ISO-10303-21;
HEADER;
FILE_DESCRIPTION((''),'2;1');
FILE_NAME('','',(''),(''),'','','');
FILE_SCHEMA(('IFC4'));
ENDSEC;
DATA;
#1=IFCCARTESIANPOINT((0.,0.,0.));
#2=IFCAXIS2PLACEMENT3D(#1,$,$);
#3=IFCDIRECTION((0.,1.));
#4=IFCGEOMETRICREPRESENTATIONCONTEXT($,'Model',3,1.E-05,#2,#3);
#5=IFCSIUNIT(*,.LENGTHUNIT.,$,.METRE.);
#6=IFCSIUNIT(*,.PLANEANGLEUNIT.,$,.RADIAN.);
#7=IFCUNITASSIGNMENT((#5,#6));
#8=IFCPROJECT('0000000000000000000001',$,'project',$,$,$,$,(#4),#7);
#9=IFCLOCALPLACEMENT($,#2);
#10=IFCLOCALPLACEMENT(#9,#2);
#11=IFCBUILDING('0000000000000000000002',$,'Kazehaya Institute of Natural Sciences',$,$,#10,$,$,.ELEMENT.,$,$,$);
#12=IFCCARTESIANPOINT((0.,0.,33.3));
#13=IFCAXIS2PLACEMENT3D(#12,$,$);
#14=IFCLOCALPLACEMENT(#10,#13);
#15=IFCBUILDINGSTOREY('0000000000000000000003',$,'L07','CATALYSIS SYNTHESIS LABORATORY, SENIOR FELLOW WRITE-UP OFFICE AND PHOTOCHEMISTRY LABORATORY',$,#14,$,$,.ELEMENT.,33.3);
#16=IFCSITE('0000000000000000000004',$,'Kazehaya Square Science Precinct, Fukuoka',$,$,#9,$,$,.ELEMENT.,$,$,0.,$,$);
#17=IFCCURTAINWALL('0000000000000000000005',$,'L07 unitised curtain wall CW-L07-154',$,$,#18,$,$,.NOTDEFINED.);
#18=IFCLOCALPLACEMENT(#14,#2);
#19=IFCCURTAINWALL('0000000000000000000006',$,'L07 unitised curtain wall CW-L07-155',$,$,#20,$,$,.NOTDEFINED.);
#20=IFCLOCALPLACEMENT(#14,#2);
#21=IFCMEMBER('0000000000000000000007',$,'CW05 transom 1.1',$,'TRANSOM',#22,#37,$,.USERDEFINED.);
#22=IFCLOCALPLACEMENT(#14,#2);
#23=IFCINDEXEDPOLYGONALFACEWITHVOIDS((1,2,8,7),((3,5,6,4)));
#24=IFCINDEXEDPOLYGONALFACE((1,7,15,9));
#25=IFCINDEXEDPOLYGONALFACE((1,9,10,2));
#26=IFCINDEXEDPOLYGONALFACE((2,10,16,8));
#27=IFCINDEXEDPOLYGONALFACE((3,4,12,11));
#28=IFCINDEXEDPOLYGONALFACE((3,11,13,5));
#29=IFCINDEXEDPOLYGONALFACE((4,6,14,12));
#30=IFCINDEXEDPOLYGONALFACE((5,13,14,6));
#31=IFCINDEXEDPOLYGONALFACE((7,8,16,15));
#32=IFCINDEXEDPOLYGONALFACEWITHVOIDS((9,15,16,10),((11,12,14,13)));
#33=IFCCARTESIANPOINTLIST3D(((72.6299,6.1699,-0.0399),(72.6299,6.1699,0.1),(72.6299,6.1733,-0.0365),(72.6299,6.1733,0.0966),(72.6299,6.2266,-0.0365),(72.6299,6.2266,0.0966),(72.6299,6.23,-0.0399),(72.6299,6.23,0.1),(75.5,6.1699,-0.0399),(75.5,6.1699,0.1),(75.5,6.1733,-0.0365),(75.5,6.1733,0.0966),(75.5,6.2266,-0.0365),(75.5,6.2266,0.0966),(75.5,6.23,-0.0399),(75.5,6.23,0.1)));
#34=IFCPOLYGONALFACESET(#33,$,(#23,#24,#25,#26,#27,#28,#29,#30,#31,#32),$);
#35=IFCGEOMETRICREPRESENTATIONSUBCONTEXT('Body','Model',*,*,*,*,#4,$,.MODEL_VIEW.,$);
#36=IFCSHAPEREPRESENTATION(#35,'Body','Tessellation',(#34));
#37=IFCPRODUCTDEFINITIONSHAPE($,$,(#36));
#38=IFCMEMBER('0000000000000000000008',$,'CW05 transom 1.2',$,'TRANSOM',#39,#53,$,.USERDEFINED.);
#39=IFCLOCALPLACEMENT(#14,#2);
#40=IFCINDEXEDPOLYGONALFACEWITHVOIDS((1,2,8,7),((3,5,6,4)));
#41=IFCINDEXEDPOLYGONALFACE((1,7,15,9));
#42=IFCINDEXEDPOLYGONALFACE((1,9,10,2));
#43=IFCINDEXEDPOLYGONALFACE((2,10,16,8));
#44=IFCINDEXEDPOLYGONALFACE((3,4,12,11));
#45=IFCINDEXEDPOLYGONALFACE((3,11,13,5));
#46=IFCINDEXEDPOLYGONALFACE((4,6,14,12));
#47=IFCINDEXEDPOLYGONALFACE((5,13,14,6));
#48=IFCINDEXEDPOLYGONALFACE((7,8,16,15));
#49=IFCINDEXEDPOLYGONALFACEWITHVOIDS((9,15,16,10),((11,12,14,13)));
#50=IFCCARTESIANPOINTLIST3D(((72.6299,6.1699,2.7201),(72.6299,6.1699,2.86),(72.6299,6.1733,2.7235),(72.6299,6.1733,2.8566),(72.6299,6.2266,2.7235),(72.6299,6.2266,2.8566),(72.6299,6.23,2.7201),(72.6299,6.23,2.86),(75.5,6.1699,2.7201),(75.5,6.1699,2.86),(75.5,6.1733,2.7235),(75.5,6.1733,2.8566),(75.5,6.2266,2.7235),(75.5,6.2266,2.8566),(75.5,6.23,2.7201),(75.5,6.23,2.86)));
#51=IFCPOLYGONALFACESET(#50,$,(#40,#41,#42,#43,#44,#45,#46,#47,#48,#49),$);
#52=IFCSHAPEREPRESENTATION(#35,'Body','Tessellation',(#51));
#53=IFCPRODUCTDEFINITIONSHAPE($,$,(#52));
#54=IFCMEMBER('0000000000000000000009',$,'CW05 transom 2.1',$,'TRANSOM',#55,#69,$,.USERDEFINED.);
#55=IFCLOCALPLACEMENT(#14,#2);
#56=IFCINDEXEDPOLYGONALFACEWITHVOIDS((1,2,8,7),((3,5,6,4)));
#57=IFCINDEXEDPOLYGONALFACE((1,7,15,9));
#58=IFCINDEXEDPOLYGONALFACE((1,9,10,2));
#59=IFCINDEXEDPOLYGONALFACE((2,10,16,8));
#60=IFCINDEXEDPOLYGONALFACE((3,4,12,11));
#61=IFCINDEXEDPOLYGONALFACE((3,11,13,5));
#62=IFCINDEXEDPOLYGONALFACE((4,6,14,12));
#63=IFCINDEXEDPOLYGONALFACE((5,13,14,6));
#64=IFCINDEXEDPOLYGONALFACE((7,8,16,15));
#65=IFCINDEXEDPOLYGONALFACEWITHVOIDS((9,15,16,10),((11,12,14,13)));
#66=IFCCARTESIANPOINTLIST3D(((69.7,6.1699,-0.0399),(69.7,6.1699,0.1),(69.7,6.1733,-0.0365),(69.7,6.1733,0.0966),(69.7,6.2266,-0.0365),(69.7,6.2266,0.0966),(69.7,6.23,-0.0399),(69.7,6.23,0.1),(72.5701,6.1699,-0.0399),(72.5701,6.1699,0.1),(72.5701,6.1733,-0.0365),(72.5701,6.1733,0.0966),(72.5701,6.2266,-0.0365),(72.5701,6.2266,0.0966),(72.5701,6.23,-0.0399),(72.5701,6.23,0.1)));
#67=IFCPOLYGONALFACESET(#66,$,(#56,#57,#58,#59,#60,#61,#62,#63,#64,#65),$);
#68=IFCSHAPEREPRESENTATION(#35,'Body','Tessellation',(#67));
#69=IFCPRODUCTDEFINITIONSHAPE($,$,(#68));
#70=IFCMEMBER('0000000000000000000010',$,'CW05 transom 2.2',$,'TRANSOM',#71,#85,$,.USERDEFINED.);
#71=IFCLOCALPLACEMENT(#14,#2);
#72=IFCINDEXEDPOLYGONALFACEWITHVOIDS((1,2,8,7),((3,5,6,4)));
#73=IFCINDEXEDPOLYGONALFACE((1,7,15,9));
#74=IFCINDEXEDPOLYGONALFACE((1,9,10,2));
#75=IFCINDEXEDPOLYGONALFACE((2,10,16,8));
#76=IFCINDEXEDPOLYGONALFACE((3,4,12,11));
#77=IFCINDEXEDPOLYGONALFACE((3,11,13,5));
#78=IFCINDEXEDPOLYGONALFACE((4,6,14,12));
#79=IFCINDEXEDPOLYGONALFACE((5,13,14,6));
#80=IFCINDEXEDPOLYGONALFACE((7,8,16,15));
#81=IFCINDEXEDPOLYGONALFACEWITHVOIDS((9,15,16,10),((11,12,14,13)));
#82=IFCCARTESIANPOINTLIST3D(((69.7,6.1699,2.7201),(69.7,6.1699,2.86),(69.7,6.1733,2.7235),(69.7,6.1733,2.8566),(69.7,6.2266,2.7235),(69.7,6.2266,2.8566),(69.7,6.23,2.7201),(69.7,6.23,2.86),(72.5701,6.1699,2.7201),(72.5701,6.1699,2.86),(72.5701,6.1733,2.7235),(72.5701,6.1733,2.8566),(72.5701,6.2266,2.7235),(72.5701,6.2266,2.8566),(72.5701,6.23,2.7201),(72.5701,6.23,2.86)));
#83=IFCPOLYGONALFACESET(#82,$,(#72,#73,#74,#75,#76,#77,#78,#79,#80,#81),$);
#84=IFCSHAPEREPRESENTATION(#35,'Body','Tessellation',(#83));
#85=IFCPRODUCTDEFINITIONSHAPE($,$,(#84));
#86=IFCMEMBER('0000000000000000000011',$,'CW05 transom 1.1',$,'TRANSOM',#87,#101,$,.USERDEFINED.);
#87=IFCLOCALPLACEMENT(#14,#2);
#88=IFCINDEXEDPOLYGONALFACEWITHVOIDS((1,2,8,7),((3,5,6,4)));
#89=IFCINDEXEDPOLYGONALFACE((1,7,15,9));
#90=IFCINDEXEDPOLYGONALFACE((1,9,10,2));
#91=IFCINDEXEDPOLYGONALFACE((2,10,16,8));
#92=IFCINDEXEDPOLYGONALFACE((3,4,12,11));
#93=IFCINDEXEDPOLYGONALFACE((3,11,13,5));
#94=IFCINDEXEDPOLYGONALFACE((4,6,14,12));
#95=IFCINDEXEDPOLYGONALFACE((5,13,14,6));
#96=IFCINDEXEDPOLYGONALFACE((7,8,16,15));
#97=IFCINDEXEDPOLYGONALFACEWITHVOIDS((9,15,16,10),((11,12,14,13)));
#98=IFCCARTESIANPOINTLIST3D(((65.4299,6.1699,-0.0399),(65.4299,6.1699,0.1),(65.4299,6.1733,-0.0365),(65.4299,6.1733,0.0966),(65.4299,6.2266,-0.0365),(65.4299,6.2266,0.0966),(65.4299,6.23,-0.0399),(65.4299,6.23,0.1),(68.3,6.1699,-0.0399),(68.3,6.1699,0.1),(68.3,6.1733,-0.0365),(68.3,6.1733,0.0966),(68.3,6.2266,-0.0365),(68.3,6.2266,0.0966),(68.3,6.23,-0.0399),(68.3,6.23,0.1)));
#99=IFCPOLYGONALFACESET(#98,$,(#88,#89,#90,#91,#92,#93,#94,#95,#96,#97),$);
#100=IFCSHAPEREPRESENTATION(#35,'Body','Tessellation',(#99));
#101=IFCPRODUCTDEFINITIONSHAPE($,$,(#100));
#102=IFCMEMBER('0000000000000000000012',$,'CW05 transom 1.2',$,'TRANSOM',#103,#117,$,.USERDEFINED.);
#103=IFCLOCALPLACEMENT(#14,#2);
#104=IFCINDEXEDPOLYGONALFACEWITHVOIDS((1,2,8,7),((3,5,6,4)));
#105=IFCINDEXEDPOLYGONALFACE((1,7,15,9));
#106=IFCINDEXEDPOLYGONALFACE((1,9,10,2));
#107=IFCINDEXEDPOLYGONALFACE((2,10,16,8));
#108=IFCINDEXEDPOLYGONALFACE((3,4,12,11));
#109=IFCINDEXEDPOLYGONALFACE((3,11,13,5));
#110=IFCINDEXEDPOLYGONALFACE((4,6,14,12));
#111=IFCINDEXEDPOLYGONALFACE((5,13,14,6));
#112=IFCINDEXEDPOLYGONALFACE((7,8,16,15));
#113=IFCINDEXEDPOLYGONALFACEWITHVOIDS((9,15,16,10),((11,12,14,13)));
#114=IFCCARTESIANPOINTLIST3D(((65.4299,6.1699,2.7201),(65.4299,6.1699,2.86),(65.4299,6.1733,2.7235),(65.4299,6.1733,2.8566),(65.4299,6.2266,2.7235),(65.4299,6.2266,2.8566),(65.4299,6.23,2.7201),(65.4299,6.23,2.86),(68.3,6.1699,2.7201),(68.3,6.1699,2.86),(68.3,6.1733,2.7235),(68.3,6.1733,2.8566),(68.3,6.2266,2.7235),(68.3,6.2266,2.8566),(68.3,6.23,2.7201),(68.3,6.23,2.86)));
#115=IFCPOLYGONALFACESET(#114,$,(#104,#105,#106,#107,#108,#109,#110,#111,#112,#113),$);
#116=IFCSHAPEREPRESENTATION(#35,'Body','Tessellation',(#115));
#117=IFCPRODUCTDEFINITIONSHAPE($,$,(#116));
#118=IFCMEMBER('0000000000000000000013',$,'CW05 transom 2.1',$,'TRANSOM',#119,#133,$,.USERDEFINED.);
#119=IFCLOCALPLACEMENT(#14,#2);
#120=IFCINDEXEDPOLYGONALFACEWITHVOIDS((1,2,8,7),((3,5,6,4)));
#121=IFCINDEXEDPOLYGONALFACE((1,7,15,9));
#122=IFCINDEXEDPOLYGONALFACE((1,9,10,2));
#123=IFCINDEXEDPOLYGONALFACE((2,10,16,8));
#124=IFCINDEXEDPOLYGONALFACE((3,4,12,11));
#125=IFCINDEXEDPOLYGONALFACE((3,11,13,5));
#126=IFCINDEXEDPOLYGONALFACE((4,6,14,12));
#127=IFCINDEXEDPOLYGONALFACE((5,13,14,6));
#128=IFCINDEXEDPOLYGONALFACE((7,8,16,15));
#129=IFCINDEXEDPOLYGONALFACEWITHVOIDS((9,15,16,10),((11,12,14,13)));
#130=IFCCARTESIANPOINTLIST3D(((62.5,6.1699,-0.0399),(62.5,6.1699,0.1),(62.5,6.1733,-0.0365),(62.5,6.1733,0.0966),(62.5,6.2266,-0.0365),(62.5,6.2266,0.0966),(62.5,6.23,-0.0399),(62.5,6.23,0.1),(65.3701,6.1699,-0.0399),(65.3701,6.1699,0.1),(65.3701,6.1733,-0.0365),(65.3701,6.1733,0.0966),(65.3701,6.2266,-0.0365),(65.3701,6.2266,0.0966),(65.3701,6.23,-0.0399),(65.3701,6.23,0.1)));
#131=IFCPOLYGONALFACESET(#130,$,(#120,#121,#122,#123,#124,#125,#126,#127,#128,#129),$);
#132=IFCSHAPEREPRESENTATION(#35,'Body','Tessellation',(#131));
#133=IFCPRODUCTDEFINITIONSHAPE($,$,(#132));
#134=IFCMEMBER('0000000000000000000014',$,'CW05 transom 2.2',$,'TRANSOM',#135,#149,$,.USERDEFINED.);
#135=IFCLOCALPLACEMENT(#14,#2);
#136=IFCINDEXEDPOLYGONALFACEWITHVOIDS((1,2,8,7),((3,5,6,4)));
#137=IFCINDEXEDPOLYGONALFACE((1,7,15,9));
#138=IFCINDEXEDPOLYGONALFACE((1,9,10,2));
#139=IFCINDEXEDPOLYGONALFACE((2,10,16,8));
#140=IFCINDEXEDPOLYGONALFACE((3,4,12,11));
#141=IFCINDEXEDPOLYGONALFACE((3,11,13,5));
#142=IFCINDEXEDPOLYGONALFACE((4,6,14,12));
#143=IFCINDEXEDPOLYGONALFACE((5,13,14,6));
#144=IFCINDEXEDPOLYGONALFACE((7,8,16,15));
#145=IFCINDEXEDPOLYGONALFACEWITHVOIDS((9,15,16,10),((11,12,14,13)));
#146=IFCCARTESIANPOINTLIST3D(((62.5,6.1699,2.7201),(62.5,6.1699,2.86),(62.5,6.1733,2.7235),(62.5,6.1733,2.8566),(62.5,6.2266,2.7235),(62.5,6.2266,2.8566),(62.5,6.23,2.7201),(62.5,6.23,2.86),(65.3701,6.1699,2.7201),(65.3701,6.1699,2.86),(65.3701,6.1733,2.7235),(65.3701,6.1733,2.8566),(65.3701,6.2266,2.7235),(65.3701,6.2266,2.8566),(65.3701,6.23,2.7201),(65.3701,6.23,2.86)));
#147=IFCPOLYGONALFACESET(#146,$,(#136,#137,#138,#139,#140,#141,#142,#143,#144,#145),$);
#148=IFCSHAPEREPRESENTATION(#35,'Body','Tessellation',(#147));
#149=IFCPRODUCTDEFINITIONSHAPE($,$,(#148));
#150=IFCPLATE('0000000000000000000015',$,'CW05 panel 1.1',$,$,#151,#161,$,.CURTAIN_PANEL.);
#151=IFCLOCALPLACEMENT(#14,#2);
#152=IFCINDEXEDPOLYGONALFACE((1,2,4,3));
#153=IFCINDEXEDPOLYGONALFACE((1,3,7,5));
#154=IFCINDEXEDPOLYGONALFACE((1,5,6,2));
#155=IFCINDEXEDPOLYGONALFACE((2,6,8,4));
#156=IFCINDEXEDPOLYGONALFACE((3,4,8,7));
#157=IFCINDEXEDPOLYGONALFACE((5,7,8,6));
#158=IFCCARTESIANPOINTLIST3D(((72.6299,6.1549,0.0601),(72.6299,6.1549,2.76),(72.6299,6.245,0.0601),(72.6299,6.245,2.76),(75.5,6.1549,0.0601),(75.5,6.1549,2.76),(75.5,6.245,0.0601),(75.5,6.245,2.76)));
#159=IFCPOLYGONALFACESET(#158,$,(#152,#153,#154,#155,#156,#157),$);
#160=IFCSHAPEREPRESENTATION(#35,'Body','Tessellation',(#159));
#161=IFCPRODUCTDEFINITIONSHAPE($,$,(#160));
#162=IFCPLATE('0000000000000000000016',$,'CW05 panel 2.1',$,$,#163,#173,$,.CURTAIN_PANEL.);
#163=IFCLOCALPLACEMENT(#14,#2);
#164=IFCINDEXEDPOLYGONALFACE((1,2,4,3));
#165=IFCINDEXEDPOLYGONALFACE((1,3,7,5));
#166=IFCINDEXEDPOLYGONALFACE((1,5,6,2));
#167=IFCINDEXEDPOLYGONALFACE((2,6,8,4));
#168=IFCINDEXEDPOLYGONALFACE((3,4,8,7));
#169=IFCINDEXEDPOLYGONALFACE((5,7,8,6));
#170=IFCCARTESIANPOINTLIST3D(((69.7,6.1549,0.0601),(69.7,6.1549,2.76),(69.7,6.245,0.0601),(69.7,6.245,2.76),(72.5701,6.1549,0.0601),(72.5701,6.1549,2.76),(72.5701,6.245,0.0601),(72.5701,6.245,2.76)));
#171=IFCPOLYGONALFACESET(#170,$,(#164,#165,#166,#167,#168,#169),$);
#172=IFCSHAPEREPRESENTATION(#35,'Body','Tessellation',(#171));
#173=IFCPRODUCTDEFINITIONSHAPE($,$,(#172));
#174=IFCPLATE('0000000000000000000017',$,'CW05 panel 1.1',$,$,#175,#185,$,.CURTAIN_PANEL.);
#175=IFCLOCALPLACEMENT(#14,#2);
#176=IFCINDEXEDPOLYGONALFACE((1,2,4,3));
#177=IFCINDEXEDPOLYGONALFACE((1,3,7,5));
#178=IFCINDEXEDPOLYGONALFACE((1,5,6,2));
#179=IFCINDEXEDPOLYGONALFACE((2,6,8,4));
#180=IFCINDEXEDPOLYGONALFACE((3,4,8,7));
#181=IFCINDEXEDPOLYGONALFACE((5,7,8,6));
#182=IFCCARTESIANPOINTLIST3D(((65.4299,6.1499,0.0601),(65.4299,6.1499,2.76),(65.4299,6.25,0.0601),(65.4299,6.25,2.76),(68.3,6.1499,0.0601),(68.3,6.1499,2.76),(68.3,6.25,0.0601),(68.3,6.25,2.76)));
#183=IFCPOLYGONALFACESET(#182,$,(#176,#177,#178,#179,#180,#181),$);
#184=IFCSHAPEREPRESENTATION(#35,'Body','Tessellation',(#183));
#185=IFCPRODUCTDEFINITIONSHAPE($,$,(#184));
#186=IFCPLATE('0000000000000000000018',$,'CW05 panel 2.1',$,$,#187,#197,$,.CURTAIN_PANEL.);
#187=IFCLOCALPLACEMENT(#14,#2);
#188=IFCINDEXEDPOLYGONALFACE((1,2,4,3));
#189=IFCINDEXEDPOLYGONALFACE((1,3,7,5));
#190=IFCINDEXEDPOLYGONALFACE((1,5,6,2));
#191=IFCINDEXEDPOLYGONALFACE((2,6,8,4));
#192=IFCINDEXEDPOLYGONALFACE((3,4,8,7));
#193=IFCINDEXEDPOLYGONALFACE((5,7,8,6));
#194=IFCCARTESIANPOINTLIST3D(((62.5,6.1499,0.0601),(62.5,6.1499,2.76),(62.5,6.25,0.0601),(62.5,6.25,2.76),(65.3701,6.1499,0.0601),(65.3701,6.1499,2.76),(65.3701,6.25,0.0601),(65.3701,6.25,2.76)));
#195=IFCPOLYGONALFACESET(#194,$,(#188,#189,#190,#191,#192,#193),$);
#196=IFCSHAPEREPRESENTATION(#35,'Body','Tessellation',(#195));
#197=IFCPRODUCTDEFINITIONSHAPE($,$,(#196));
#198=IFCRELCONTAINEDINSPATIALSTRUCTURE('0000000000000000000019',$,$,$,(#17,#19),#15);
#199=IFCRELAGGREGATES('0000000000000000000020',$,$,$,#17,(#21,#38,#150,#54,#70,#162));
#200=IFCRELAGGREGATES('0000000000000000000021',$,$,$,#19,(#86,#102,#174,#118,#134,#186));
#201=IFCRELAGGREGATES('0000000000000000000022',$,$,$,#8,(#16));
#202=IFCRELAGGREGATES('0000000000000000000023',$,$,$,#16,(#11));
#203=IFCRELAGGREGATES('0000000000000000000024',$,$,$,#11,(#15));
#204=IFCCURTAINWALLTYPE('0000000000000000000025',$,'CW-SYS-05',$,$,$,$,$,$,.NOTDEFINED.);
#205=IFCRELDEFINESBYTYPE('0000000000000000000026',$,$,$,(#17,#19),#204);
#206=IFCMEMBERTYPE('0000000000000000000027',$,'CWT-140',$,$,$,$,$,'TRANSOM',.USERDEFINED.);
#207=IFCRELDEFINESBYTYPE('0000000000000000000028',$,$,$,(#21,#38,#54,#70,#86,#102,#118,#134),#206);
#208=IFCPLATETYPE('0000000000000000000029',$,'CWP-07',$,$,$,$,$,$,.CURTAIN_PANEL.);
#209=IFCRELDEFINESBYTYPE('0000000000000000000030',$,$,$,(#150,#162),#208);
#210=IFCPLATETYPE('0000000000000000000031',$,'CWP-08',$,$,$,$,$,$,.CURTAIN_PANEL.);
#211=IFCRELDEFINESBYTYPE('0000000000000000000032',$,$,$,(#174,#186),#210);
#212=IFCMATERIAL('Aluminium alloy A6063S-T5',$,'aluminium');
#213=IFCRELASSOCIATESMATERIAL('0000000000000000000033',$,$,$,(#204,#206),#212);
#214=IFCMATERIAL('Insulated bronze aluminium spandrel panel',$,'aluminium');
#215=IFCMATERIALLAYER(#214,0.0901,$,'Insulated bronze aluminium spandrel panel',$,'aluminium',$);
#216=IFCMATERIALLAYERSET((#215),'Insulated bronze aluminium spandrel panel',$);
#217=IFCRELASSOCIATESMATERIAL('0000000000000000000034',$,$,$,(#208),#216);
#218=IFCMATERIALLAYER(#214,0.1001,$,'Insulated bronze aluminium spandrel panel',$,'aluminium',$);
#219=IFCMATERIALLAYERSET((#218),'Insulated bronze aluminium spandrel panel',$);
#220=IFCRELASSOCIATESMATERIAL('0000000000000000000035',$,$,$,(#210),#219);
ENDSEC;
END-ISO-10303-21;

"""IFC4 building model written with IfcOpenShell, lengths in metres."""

from ifc_helpers import new_model, si_unit, direction, frame, origin, origin_2d, place, context, subcontext, project, spatial, rectangle, hollow_rectangle, extrude, material, layer, layer_set, material_profile, profile_set, type_object, element, aggregate, save


model = new_model("IFC4")

# Units and contexts
model_context = context("Model", 3, precision=1e-05, world=origin(), true_north=direction((0.0, 1.0)))
body_context = subcontext(model_context, "Body", "Model", "MODEL_VIEW")
ifc_project = project(units=[si_unit("LENGTHUNIT", "METRE"), si_unit("PLANEANGLEUNIT", "RADIAN")], contexts=[model_context])

# Site, building, storey
site_placement = place(None, origin())
site = spatial("IfcSite", under=ifc_project, at=site_placement, Name="Kazehaya Square Science Precinct, Fukuoka", CompositionType="ELEMENT", RefElevation=0.0)
building_placement = place(site_placement, origin())
building = spatial("IfcBuilding", under=site, at=building_placement, Name="Kazehaya Institute of Natural Sciences", CompositionType="ELEMENT")
storey_placement = place(building_placement, frame((0.0, 0.0, 33.3)))
storey = spatial("IfcBuildingStorey", under=building, at=storey_placement, Name="L07", Description="CATALYSIS SYNTHESIS LABORATORY, SENIOR FELLOW WRITE-UP OFFICE AND PHOTOCHEMISTRY LABORATORY", CompositionType="ELEMENT", Elevation=33.3)

# Curtain walls
ifc_material_1 = material(Name="Aluminium alloy A6063S-T5", Category="aluminium")
curtain_wall_type = type_object("IfcCurtainWallType", Name="CW-SYS-05", PredefinedType="NOTDEFINED", material=ifc_material_1)
curtain_wall_1_placement = place(storey_placement, origin())
curtain_wall_1 = element("IfcCurtainWall", 1, at=curtain_wall_1_placement, inside=storey, type_object=curtain_wall_type, Name="L07 unitised curtain wall CW-L07-154", PredefinedType="NOTDEFINED")
curtain_wall_2_placement = place(storey_placement, origin())
curtain_wall_2 = element("IfcCurtainWall", 2, at=curtain_wall_2_placement, inside=storey, type_object=curtain_wall_type, Name="L07 unitised curtain wall CW-L07-155", PredefinedType="NOTDEFINED")

# Members
ifc_material_profile_1 = material_profile(ifc_material_1, hollow_rectangle(XDim=0.0601, YDim=0.1399, WallThickness=0.0034, at=origin_2d()), Name="ALU-60x140x3.5")
ifc_profile_set_1 = profile_set([ifc_material_profile_1], Name="Aluminium alloy A6063S-T5")
member_type_1 = type_object("IfcMemberType", Name="CWT-140", ElementType="TRANSOM", PredefinedType="USERDEFINED", material=ifc_profile_set_1)
member_1_placement = place(storey_placement, frame((75.5, 6.2, 0.03), z_axis=(-1.0, 0.0, 0.0), x_axis=(0.0, -1.0, 0.0)))
member_1 = element("IfcMember", 3, at=member_1_placement, type_object=member_type_1, Name="CW05 transom 1.1", ObjectType="TRANSOM", PredefinedType="USERDEFINED", context=body_context, shape_type="SweptSolid", body=[
    extrude(hollow_rectangle(XDim=0.0601, YDim=0.1399, WallThickness=0.0034, at=origin_2d()), origin(), (0.0, 0.0, 1.0), 2.8701),
])
member_2_placement = place(storey_placement, frame((75.5, 6.2, 2.79), z_axis=(-1.0, 0.0, 0.0), x_axis=(0.0, -1.0, 0.0)))
member_2 = element("IfcMember", 4, at=member_2_placement, type_object=member_type_1, Name="CW05 transom 1.2", ObjectType="TRANSOM", PredefinedType="USERDEFINED", context=body_context, shape_type="SweptSolid", body=[
    extrude(hollow_rectangle(XDim=0.0601, YDim=0.1399, WallThickness=0.0034, at=origin_2d()), origin(), (0.0, 0.0, 1.0), 2.8701),
])
member_3_placement = place(storey_placement, frame((72.5701, 6.2, 0.03), z_axis=(-1.0, 0.0, 0.0), x_axis=(0.0, -1.0, 0.0)))
member_3 = element("IfcMember", 5, at=member_3_placement, type_object=member_type_1, Name="CW05 transom 2.1", ObjectType="TRANSOM", PredefinedType="USERDEFINED", context=body_context, shape_type="SweptSolid", body=[
    extrude(hollow_rectangle(XDim=0.0601, YDim=0.1399, WallThickness=0.0034, at=origin_2d()), origin(), (0.0, 0.0, 1.0), 2.8701),
])
member_4_placement = place(storey_placement, frame((72.5701, 6.2, 2.79), z_axis=(-1.0, 0.0, 0.0), x_axis=(0.0, -1.0, 0.0)))
member_4 = element("IfcMember", 6, at=member_4_placement, type_object=member_type_1, Name="CW05 transom 2.2", ObjectType="TRANSOM", PredefinedType="USERDEFINED", context=body_context, shape_type="SweptSolid", body=[
    extrude(hollow_rectangle(XDim=0.0601, YDim=0.1399, WallThickness=0.0034, at=origin_2d()), origin(), (0.0, 0.0, 1.0), 2.8701),
])
member_5_placement = place(storey_placement, frame((68.3, 6.2, 0.03), z_axis=(-1.0, 0.0, 0.0), x_axis=(0.0, -1.0, 0.0)))
member_5 = element("IfcMember", 7, at=member_5_placement, type_object=member_type_1, Name="CW05 transom 1.1", ObjectType="TRANSOM", PredefinedType="USERDEFINED", context=body_context, shape_type="SweptSolid", body=[
    extrude(hollow_rectangle(XDim=0.0601, YDim=0.1399, WallThickness=0.0034, at=origin_2d()), origin(), (0.0, 0.0, 1.0), 2.8701),
])
member_6_placement = place(storey_placement, frame((68.3, 6.2, 2.79), z_axis=(-1.0, 0.0, 0.0), x_axis=(0.0, -1.0, 0.0)))
member_6 = element("IfcMember", 8, at=member_6_placement, type_object=member_type_1, Name="CW05 transom 1.2", ObjectType="TRANSOM", PredefinedType="USERDEFINED", context=body_context, shape_type="SweptSolid", body=[
    extrude(hollow_rectangle(XDim=0.0601, YDim=0.1399, WallThickness=0.0034, at=origin_2d()), origin(), (0.0, 0.0, 1.0), 2.8701),
])
member_7_placement = place(storey_placement, frame((65.3701, 6.2, 0.03), z_axis=(-1.0, 0.0, 0.0), x_axis=(0.0, -1.0, 0.0)))
member_7 = element("IfcMember", 9, at=member_7_placement, type_object=member_type_1, Name="CW05 transom 2.1", ObjectType="TRANSOM", PredefinedType="USERDEFINED", context=body_context, shape_type="SweptSolid", body=[
    extrude(hollow_rectangle(XDim=0.0601, YDim=0.1399, WallThickness=0.0034, at=origin_2d()), origin(), (0.0, 0.0, 1.0), 2.8701),
])
member_8_placement = place(storey_placement, frame((65.3701, 6.2, 2.79), z_axis=(-1.0, 0.0, 0.0), x_axis=(0.0, -1.0, 0.0)))
member_8 = element("IfcMember", 10, at=member_8_placement, type_object=member_type_1, Name="CW05 transom 2.2", ObjectType="TRANSOM", PredefinedType="USERDEFINED", context=body_context, shape_type="SweptSolid", body=[
    extrude(hollow_rectangle(XDim=0.0601, YDim=0.1399, WallThickness=0.0034, at=origin_2d()), origin(), (0.0, 0.0, 1.0), 2.8701),
])

# Plates
ifc_material_2 = material(Name="Insulated bronze aluminium spandrel panel", Category="aluminium")
ifc_layer_1 = layer(ifc_material_2, 0.0901, Name="Insulated bronze aluminium spandrel panel", Category="aluminium")
ifc_layer_set_1 = layer_set([ifc_layer_1], Name="Insulated bronze aluminium spandrel panel")
plate_type_1 = type_object("IfcPlateType", Name="CWP-07", PredefinedType="CURTAIN_PANEL", material=ifc_layer_set_1)
plate_1_placement = place(storey_placement, frame((74.0649, 6.2, 0.0601), z_axis=(0.0, 0.0, 1.0), x_axis=(-1.0, 0.0, 0.0)))
plate_1 = element("IfcPlate", 11, at=plate_1_placement, type_object=plate_type_1, Name="CW05 panel 1.1", PredefinedType="CURTAIN_PANEL", context=body_context, shape_type="SweptSolid", body=[
    extrude(rectangle(XDim=2.8701, YDim=0.0901, at=origin_2d()), origin(), (0.0, 0.0, 1.0), 2.7),
])
plate_2_placement = place(storey_placement, frame((71.135, 6.2, 0.0601), z_axis=(0.0, 0.0, 1.0), x_axis=(-1.0, 0.0, 0.0)))
plate_2 = element("IfcPlate", 12, at=plate_2_placement, type_object=plate_type_1, Name="CW05 panel 2.1", PredefinedType="CURTAIN_PANEL", context=body_context, shape_type="SweptSolid", body=[
    extrude(rectangle(XDim=2.8701, YDim=0.0901, at=origin_2d()), origin(), (0.0, 0.0, 1.0), 2.7),
])
aggregate(curtain_wall_1, [member_1, member_2, plate_1, member_3, member_4, plate_2])
ifc_layer_2 = layer(ifc_material_2, 0.1001, Name="Insulated bronze aluminium spandrel panel", Category="aluminium")
ifc_layer_set_2 = layer_set([ifc_layer_2], Name="Insulated bronze aluminium spandrel panel")
plate_type_2 = type_object("IfcPlateType", Name="CWP-08", PredefinedType="CURTAIN_PANEL", material=ifc_layer_set_2)
plate_3_placement = place(storey_placement, frame((66.865, 6.2, 0.0601), z_axis=(0.0, 0.0, 1.0), x_axis=(-1.0, 0.0, 0.0)))
plate_3 = element("IfcPlate", 13, at=plate_3_placement, type_object=plate_type_2, Name="CW05 panel 1.1", PredefinedType="CURTAIN_PANEL", context=body_context, shape_type="SweptSolid", body=[
    extrude(rectangle(XDim=2.8701, YDim=0.1001, at=origin_2d()), origin(), (0.0, 0.0, 1.0), 2.7),
])
plate_4_placement = place(storey_placement, frame((63.9351, 6.2, 0.0601), z_axis=(0.0, 0.0, 1.0), x_axis=(-1.0, 0.0, 0.0)))
plate_4 = element("IfcPlate", 14, at=plate_4_placement, type_object=plate_type_2, Name="CW05 panel 2.1", PredefinedType="CURTAIN_PANEL", context=body_context, shape_type="SweptSolid", body=[
    extrude(rectangle(XDim=2.8701, YDim=0.1001, at=origin_2d()), origin(), (0.0, 0.0, 1.0), 2.7),
])
aggregate(curtain_wall_2, [member_5, member_6, plate_3, member_7, member_8, plate_4])

save(model, "model.ifc")
